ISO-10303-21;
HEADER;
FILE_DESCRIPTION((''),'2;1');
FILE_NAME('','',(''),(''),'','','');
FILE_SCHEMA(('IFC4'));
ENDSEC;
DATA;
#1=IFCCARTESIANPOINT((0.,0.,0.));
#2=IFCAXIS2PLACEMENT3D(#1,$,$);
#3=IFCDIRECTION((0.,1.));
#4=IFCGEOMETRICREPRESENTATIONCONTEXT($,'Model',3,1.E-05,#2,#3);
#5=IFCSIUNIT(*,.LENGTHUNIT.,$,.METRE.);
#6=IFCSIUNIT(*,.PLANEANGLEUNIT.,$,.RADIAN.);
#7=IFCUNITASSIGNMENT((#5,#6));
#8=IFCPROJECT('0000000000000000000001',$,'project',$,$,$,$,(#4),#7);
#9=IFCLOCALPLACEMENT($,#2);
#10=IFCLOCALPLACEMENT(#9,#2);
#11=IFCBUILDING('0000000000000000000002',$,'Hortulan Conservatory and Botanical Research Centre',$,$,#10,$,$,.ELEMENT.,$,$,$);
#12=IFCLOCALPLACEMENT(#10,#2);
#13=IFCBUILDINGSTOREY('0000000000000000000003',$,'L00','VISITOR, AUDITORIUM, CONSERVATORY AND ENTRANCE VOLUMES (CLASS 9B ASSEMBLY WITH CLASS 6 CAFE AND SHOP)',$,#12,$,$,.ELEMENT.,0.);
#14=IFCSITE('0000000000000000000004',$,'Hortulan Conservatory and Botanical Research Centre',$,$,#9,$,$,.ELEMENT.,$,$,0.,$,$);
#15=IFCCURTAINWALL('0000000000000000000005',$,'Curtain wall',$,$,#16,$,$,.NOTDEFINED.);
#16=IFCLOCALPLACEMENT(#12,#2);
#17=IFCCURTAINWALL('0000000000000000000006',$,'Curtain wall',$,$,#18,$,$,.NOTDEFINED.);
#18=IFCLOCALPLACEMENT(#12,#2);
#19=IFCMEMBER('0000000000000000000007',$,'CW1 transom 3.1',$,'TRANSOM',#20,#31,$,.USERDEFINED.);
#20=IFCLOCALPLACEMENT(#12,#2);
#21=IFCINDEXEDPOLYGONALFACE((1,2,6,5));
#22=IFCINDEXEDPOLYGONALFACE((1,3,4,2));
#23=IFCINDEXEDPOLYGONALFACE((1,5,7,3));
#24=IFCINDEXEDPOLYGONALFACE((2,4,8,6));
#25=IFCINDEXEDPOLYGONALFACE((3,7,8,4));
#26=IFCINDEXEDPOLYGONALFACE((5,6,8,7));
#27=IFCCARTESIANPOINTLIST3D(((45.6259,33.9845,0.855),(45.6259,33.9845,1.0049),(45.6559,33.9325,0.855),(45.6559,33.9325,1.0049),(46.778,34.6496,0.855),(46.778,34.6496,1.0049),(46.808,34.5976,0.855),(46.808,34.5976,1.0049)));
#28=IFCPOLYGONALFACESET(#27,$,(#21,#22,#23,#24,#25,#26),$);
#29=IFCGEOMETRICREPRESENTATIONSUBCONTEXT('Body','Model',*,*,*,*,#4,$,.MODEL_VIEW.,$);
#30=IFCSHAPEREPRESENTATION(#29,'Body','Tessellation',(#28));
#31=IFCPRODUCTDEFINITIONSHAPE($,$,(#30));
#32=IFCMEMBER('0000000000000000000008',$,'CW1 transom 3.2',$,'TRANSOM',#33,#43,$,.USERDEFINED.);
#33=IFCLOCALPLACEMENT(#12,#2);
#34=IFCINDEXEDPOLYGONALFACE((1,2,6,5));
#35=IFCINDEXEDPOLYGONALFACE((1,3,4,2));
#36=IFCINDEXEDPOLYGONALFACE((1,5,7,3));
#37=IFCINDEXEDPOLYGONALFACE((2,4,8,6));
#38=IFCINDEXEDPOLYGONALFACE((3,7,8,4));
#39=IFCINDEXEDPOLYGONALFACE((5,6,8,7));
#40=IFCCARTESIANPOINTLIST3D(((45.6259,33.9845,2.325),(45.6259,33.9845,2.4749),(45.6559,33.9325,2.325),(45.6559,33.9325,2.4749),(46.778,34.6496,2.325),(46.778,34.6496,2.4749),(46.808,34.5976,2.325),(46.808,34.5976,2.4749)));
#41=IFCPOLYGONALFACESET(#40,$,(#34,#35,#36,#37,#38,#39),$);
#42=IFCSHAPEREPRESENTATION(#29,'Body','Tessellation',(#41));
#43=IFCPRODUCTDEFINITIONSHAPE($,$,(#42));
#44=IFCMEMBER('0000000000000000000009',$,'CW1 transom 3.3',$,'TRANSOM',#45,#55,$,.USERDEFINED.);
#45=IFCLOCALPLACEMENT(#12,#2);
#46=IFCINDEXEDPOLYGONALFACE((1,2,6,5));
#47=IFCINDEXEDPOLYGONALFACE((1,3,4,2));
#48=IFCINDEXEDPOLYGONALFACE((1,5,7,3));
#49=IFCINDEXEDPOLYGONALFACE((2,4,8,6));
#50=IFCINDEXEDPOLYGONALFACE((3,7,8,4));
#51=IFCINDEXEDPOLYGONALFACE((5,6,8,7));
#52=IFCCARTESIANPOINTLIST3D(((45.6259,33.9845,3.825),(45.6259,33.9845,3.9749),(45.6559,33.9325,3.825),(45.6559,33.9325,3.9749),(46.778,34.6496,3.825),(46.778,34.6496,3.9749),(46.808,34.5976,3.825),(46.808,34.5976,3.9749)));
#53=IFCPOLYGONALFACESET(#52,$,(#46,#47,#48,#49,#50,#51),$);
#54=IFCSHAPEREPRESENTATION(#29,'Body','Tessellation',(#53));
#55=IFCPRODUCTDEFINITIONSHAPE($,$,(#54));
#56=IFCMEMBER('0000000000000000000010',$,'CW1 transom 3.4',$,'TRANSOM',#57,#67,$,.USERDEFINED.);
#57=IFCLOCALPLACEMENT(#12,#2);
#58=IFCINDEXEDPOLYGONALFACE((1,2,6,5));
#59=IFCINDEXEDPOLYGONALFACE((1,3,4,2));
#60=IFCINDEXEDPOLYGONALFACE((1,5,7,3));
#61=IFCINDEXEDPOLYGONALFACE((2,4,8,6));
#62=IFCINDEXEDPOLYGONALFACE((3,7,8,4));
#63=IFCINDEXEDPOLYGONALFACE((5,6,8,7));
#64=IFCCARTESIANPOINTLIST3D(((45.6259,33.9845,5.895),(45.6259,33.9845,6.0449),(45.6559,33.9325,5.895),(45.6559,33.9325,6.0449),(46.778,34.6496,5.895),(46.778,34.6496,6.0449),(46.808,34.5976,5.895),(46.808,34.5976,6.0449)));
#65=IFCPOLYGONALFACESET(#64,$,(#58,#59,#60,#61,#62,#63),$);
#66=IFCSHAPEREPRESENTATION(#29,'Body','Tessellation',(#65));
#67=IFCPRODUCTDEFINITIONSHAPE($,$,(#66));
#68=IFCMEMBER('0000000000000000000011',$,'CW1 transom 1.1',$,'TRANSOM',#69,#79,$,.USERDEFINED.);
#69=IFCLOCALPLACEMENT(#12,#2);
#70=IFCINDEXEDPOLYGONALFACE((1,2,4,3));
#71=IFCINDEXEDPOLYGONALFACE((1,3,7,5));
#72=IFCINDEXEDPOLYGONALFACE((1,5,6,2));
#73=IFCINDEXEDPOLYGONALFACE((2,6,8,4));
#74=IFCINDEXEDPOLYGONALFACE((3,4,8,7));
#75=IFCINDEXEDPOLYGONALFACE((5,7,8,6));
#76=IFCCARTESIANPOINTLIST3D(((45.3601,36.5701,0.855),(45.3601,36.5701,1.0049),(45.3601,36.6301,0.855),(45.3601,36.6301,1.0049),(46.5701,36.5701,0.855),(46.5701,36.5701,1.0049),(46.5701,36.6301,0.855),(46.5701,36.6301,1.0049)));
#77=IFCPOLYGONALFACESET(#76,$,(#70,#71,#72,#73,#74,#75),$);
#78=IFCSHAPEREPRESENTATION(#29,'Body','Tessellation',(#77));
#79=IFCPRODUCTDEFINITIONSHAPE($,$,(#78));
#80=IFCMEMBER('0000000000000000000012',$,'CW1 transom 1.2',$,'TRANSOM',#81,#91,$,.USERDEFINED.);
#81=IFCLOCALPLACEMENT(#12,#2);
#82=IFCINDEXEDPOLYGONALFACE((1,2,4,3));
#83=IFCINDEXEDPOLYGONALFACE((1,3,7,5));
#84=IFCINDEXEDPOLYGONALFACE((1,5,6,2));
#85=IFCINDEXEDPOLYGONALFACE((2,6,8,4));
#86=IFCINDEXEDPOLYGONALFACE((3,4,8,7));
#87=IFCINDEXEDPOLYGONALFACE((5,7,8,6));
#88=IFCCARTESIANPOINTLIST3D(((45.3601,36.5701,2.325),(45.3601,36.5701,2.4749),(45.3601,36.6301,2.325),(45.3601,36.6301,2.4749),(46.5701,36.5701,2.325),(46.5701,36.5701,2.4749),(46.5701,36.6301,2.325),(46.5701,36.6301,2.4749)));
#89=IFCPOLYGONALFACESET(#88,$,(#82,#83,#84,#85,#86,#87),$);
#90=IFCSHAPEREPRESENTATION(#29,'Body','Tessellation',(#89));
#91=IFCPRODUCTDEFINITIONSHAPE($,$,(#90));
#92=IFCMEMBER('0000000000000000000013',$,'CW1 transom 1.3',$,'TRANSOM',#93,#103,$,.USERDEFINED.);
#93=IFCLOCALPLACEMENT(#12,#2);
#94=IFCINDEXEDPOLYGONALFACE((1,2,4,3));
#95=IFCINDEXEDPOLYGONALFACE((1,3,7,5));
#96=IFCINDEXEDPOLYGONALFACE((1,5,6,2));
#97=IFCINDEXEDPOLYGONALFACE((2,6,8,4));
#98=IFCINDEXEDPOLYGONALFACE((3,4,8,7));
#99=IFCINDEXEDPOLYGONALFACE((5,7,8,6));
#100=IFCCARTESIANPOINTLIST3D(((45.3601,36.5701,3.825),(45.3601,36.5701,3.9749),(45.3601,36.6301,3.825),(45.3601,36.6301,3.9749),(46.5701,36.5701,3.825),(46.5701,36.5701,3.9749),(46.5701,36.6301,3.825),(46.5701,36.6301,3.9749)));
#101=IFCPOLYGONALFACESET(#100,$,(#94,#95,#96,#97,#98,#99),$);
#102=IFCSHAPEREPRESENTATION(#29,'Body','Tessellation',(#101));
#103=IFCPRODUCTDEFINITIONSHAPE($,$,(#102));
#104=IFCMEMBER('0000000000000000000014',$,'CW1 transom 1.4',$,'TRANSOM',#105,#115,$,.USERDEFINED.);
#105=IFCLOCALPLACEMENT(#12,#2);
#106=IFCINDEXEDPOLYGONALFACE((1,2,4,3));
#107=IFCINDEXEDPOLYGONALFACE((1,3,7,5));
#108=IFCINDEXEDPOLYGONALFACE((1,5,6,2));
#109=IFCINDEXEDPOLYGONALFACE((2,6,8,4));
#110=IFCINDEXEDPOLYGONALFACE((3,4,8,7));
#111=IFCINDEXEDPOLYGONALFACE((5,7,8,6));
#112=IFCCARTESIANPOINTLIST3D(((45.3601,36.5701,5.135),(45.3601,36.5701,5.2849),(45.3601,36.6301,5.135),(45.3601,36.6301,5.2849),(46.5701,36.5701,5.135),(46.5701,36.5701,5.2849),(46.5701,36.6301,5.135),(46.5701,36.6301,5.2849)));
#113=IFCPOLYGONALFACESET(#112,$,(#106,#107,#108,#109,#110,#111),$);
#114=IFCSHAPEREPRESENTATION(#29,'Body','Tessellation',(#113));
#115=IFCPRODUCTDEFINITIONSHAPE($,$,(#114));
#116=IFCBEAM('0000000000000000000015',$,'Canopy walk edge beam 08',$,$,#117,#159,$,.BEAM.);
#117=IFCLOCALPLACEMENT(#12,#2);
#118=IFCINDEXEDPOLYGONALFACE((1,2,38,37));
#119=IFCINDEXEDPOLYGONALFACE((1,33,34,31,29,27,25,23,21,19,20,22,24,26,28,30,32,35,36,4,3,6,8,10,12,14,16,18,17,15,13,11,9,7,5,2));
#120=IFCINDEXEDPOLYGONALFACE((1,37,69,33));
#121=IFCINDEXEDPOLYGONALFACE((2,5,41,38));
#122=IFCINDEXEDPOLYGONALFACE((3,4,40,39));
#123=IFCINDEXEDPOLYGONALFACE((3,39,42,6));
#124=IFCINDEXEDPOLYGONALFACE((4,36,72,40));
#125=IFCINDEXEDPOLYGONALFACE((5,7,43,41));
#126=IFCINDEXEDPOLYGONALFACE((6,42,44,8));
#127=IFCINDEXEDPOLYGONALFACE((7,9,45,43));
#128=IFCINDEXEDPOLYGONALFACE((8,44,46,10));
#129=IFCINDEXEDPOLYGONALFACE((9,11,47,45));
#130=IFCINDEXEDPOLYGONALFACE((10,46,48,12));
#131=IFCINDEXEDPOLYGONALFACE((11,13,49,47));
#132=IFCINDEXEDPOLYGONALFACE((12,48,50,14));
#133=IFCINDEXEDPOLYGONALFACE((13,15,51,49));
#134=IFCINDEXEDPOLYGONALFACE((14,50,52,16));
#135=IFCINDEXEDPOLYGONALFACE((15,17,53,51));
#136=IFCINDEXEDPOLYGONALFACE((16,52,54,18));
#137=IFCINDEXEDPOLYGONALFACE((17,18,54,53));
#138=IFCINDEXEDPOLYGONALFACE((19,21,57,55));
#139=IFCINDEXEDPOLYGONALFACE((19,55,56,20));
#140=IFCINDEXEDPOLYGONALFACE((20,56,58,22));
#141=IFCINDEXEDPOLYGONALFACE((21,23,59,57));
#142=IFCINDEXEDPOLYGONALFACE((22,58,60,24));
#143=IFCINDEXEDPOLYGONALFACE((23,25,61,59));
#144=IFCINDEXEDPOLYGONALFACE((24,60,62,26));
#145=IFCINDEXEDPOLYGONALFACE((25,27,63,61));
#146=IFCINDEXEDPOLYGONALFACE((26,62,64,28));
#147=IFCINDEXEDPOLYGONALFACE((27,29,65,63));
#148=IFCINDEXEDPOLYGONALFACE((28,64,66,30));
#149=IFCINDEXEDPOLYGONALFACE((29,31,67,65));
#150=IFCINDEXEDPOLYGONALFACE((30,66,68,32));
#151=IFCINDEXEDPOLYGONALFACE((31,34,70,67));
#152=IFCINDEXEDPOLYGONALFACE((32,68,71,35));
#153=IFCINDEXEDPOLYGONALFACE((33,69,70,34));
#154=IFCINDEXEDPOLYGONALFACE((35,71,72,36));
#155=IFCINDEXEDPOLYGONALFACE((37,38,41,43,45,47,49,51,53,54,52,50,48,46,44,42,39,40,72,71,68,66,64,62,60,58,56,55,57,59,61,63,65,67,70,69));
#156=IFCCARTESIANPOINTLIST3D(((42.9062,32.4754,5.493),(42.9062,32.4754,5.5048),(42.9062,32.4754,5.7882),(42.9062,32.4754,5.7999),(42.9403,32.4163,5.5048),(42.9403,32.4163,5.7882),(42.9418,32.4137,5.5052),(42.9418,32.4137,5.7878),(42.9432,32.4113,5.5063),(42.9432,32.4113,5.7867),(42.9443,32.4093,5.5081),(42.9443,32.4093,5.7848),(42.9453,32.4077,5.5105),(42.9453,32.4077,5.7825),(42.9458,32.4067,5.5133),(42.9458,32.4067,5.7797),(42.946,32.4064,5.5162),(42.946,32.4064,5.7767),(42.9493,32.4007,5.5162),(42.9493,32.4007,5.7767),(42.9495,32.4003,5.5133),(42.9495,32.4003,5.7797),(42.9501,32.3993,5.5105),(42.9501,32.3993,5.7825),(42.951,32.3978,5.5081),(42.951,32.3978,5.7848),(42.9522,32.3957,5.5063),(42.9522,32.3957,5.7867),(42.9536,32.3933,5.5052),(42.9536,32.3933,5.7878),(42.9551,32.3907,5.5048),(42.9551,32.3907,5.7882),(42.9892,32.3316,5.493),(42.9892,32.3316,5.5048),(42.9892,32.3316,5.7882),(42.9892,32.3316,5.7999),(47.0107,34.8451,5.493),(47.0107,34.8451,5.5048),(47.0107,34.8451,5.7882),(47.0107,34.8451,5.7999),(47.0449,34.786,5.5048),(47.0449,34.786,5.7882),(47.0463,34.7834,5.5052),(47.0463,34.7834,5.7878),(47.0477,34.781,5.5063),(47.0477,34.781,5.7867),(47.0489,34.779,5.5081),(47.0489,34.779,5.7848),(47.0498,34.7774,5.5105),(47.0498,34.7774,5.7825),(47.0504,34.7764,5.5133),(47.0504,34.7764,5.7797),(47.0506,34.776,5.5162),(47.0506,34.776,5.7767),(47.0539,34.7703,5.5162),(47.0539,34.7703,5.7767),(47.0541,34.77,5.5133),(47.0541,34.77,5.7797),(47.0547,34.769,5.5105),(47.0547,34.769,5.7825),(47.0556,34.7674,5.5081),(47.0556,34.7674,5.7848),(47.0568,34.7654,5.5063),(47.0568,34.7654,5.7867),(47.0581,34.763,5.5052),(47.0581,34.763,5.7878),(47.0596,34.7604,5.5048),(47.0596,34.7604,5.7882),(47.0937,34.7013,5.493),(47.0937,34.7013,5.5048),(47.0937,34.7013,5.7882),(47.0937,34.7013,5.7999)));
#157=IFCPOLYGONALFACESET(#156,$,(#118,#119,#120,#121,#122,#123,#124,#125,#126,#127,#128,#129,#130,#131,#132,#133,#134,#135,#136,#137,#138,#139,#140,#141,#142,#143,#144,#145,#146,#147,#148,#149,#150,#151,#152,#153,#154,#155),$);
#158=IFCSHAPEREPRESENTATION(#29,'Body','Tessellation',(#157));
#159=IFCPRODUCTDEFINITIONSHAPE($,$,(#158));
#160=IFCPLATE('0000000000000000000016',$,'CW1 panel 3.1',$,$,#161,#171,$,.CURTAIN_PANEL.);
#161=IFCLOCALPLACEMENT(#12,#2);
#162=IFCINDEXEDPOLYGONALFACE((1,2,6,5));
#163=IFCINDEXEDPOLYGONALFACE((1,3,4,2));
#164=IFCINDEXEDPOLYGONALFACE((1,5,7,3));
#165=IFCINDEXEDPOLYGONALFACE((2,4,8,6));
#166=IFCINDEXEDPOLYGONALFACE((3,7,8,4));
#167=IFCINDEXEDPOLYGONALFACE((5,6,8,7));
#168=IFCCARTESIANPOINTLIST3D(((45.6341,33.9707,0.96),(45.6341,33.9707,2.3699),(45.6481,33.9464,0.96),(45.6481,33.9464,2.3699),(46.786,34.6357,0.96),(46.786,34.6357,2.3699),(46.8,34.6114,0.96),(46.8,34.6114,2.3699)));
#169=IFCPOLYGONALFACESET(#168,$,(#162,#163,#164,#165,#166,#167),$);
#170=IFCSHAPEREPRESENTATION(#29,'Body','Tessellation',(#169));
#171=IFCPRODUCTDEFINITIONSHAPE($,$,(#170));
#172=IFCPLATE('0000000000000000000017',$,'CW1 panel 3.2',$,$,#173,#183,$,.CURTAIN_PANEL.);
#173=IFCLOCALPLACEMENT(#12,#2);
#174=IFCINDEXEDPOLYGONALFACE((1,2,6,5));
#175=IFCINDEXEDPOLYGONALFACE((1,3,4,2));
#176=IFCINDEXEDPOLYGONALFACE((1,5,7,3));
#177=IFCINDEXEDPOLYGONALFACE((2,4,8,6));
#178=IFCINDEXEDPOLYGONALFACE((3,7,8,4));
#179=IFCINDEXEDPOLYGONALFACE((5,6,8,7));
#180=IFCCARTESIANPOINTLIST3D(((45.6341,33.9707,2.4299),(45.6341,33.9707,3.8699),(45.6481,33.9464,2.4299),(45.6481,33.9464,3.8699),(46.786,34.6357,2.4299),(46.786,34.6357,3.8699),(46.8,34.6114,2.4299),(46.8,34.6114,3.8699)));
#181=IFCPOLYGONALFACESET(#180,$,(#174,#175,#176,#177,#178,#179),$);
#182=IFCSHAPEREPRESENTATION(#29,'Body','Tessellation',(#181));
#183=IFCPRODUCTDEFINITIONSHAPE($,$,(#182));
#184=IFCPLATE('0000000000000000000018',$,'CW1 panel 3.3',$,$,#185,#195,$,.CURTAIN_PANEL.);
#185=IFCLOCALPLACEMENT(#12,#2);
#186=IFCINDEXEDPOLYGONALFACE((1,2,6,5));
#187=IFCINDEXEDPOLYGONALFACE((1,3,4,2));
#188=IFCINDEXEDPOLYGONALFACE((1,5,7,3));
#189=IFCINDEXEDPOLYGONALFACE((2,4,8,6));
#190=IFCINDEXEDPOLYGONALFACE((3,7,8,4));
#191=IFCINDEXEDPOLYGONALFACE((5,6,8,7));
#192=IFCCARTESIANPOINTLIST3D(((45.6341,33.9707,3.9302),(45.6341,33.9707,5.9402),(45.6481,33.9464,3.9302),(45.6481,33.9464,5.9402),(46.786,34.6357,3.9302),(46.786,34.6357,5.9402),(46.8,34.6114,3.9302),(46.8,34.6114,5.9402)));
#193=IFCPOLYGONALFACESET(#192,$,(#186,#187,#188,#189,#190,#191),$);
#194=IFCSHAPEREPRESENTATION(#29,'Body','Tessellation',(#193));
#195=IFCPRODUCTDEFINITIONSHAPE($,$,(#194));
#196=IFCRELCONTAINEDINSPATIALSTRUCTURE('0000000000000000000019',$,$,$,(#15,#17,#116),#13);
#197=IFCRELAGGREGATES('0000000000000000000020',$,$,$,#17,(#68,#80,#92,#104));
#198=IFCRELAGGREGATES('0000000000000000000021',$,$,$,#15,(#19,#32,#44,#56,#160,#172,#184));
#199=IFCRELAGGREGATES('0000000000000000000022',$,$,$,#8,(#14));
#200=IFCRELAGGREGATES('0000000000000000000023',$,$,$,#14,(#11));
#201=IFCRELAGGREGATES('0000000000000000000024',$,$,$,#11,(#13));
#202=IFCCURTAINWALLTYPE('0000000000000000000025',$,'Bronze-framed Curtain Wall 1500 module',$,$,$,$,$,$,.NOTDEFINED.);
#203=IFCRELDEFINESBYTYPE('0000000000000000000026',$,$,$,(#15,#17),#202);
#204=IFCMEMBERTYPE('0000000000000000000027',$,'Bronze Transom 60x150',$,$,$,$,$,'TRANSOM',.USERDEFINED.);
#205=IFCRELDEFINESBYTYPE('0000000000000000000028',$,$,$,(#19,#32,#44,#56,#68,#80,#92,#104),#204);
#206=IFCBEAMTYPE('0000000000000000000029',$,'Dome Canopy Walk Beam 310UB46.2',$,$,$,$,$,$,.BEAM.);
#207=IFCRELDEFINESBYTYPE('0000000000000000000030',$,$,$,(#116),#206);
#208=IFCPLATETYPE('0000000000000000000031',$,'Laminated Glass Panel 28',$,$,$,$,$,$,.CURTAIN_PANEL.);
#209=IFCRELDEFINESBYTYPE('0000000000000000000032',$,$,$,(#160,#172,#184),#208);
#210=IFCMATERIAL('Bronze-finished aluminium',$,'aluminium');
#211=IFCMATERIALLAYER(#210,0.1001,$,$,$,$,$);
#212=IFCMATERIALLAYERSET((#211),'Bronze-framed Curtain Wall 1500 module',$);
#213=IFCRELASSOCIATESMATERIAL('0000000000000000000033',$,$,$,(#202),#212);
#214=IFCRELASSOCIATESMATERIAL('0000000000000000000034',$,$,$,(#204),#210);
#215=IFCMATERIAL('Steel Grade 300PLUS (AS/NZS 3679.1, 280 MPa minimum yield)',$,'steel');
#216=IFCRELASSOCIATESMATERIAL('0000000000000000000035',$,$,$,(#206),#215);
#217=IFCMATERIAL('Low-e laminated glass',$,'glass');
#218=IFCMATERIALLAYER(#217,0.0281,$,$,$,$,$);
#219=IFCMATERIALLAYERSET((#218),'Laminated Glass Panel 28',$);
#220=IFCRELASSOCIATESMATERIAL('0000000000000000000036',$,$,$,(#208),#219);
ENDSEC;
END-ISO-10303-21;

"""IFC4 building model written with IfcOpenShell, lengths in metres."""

from ifc_helpers import new_model, si_unit, direction, frame, origin, origin_2d, place, context, subcontext, project, spatial, rectangle, i_section, extrude, material, layer, layer_set, material_profile, profile_set, type_object, element, aggregate, save


model = new_model("IFC4")

# Units and contexts
model_context = context("Model", 3, precision=1e-05, world=origin(), true_north=direction((0.0, 1.0)))
body_context = subcontext(model_context, "Body", "Model", "MODEL_VIEW")
ifc_project = project(units=[si_unit("LENGTHUNIT", "METRE"), si_unit("PLANEANGLEUNIT", "RADIAN")], contexts=[model_context])

# Site, building, storey
site_placement = place(None, origin())
site = spatial("IfcSite", under=ifc_project, at=site_placement, Name="Hortulan Conservatory and Botanical Research Centre", CompositionType="ELEMENT", RefElevation=0.0)
building_placement = place(site_placement, origin())
building = spatial("IfcBuilding", under=site, at=building_placement, Name="Hortulan Conservatory and Botanical Research Centre", CompositionType="ELEMENT")
storey_placement = place(building_placement, origin())
storey = spatial("IfcBuildingStorey", under=building, at=storey_placement, Name="L00", Description="VISITOR, AUDITORIUM, CONSERVATORY AND ENTRANCE VOLUMES (CLASS 9B ASSEMBLY WITH CLASS 6 CAFE AND SHOP)", CompositionType="ELEMENT", Elevation=0.0)

# Shared definitions
ifc_material_1 = material(Name="Bronze-finished aluminium", Category="aluminium")
ifc_layer_1 = layer(ifc_material_1, 0.1001)
ifc_layer_set_1 = layer_set([ifc_layer_1], Name="Bronze-framed Curtain Wall 1500 module")
curtain_wall_type = type_object("IfcCurtainWallType", Name="Bronze-framed Curtain Wall 1500 module", PredefinedType="NOTDEFINED", material=ifc_layer_set_1)

# Curtain wall
curtain_wall_1_placement = place(storey_placement, origin())
curtain_wall_1 = element("IfcCurtainWall", 1, at=curtain_wall_1_placement, inside=storey, type_object=curtain_wall_type, Name="Curtain wall", PredefinedType="NOTDEFINED")

# Curtain wall
curtain_wall_2_placement = place(storey_placement, origin())
curtain_wall_2 = element("IfcCurtainWall", 2, at=curtain_wall_2_placement, inside=storey, type_object=curtain_wall_type, Name="Curtain wall", PredefinedType="NOTDEFINED")

# Members
ifc_material_profile_1 = material_profile(ifc_material_1, rectangle(XDim=0.0601, YDim=0.1499, at=origin_2d()), Name="Bronze Transom 60x150")
ifc_profile_set_1 = profile_set([ifc_material_profile_1], Name="Bronze-finished aluminium")
member_type_1 = type_object("IfcMemberType", Name="Bronze Transom 60x150", ElementType="TRANSOM", PredefinedType="USERDEFINED", material=ifc_profile_set_1)
member_1_placement = place(storey_placement, frame((45.6409, 33.9585, 0.9299), z_axis=(0.866066, 0.499929, 0.0), x_axis=(-0.499929, 0.866066, 0.0)))
member_1 = element("IfcMember", 3, at=member_1_placement, type_object=member_type_1, Name="CW1 transom 3.1", ObjectType="TRANSOM", PredefinedType="USERDEFINED", context=body_context, shape_type="SweptSolid", body=[
    extrude(rectangle(XDim=0.0601, YDim=0.1499, at=origin_2d()), origin(), (0.0, 0.0, 1.0), 1.3303),
])
member_2_placement = place(storey_placement, frame((45.6409, 33.9585, 2.3999), z_axis=(0.866066, 0.499929, 0.0), x_axis=(-0.499929, 0.866066, 0.0)))
member_2 = element("IfcMember", 4, at=member_2_placement, type_object=member_type_1, Name="CW1 transom 3.2", ObjectType="TRANSOM", PredefinedType="USERDEFINED", context=body_context, shape_type="SweptSolid", body=[
    extrude(rectangle(XDim=0.0601, YDim=0.1499, at=origin_2d()), origin(), (0.0, 0.0, 1.0), 1.3303),
])
member_3_placement = place(storey_placement, frame((45.6409, 33.9585, 3.8999), z_axis=(0.866066, 0.499929, 0.0), x_axis=(-0.499929, 0.866066, 0.0)))
member_3 = element("IfcMember", 5, at=member_3_placement, type_object=member_type_1, Name="CW1 transom 3.3", ObjectType="TRANSOM", PredefinedType="USERDEFINED", context=body_context, shape_type="SweptSolid", body=[
    extrude(rectangle(XDim=0.0601, YDim=0.1499, at=origin_2d()), origin(), (0.0, 0.0, 1.0), 1.3303),
])
member_4_placement = place(storey_placement, frame((45.6409, 33.9585, 5.97), z_axis=(0.866066, 0.499929, 0.0), x_axis=(-0.499929, 0.866066, 0.0)))
member_4 = element("IfcMember", 6, at=member_4_placement, type_object=member_type_1, Name="CW1 transom 3.4", ObjectType="TRANSOM", PredefinedType="USERDEFINED", context=body_context, shape_type="SweptSolid", body=[
    extrude(rectangle(XDim=0.0601, YDim=0.1499, at=origin_2d()), origin(), (0.0, 0.0, 1.0), 1.3303),
])
member_5_placement = place(storey_placement, frame((45.3601, 36.6001, 0.9299), z_axis=(1.0, 0.0, 0.0), x_axis=(0.0, 1.0, 0.0)))
member_5 = element("IfcMember", 7, at=member_5_placement, type_object=member_type_1, Name="CW1 transom 1.1", ObjectType="TRANSOM", PredefinedType="USERDEFINED", context=body_context, shape_type="SweptSolid", body=[
    extrude(rectangle(XDim=0.0601, YDim=0.1499, at=origin_2d()), origin(), (0.0, 0.0, 1.0), 1.21),
])
member_6_placement = place(storey_placement, frame((45.3601, 36.6001, 2.3999), z_axis=(1.0, 0.0, 0.0), x_axis=(0.0, 1.0, 0.0)))
member_6 = element("IfcMember", 8, at=member_6_placement, type_object=member_type_1, Name="CW1 transom 1.2", ObjectType="TRANSOM", PredefinedType="USERDEFINED", context=body_context, shape_type="SweptSolid", body=[
    extrude(rectangle(XDim=0.0601, YDim=0.1499, at=origin_2d()), origin(), (0.0, 0.0, 1.0), 1.21),
])
member_7_placement = place(storey_placement, frame((45.3601, 36.6001, 3.8999), z_axis=(1.0, 0.0, 0.0), x_axis=(0.0, 1.0, 0.0)))
member_7 = element("IfcMember", 9, at=member_7_placement, type_object=member_type_1, Name="CW1 transom 1.3", ObjectType="TRANSOM", PredefinedType="USERDEFINED", context=body_context, shape_type="SweptSolid", body=[
    extrude(rectangle(XDim=0.0601, YDim=0.1499, at=origin_2d()), origin(), (0.0, 0.0, 1.0), 1.21),
])
member_8_placement = place(storey_placement, frame((45.3601, 36.6001, 5.21), z_axis=(1.0, 0.0, 0.0), x_axis=(0.0, 1.0, 0.0)))
member_8 = element("IfcMember", 10, at=member_8_placement, type_object=member_type_1, Name="CW1 transom 1.4", ObjectType="TRANSOM", PredefinedType="USERDEFINED", context=body_context, shape_type="SweptSolid", body=[
    extrude(rectangle(XDim=0.0601, YDim=0.1499, at=origin_2d()), origin(), (0.0, 0.0, 1.0), 1.21),
])
aggregate(curtain_wall_2, [member_5, member_6, member_7, member_8])

# Beam
ifc_material_2 = material(Name="Steel Grade 300PLUS (AS/NZS 3679.1, 280 MPa minimum yield)", Category="steel")
ifc_material_profile_2 = material_profile(ifc_material_2, i_section(OverallWidth=0.166, OverallDepth=0.3069, WebThickness=0.0066, FlangeThickness=0.0117, FilletRadius=0.0115, at=origin_2d()), Name="310UB46.2")
ifc_profile_set_2 = profile_set([ifc_material_profile_2], Name="Steel Grade 300PLUS (AS/NZS 3679.1, 280 MPa minimum yield)")
beam_type = type_object("IfcBeamType", Name="Dome Canopy Walk Beam 310UB46.2", PredefinedType="BEAM", material=ifc_profile_set_2)
beam_placement = place(storey_placement, frame((47.0522, 34.7732, 5.6465), z_axis=(-0.866035, -0.499984, 0.0), x_axis=(0.499984, -0.866035, 0.0)))
element("IfcBeam", 11, at=beam_placement, inside=storey, type_object=beam_type, Name="Canopy walk edge beam 08", PredefinedType="BEAM", context=body_context, shape_type="SweptSolid", body=[
    extrude(i_section(OverallWidth=0.166, OverallDepth=0.3069, WebThickness=0.0066, FlangeThickness=0.0117, FilletRadius=0.0115, at=origin_2d()), origin(), (0.0, 0.0, 1.0), 4.7395),
])

# Plates
ifc_material_3 = material(Name="Low-e laminated glass", Category="glass")
ifc_layer_2 = layer(ifc_material_3, 0.0281)
ifc_layer_set_2 = layer_set([ifc_layer_2], Name="Laminated Glass Panel 28")
plate_type = type_object("IfcPlateType", Name="Laminated Glass Panel 28", PredefinedType="CURTAIN_PANEL", material=ifc_layer_set_2)
plate_1_placement = place(storey_placement, frame((46.217, 34.291, 0.96), z_axis=(0.0, 0.0, 1.0), x_axis=(0.866036, 0.499981, 0.0)))
plate_1 = element("IfcPlate", 12, at=plate_1_placement, type_object=plate_type, Name="CW1 panel 3.1", PredefinedType="CURTAIN_PANEL", context=body_context, shape_type="SweptSolid", body=[
    extrude(rectangle(XDim=1.3301, YDim=0.0281, at=origin_2d()), origin(), (0.0, 0.0, 1.0), 1.4099),
])
plate_2_placement = place(storey_placement, frame((46.217, 34.291, 2.4299), z_axis=(0.0, 0.0, 1.0), x_axis=(0.866036, 0.499981, 0.0)))
plate_2 = element("IfcPlate", 13, at=plate_2_placement, type_object=plate_type, Name="CW1 panel 3.2", PredefinedType="CURTAIN_PANEL", context=body_context, shape_type="SweptSolid", body=[
    extrude(rectangle(XDim=1.3301, YDim=0.0281, at=origin_2d()), origin(), (0.0, 0.0, 1.0), 1.4399),
])
plate_3_placement = place(storey_placement, frame((46.217, 34.291, 3.9302), z_axis=(0.0, 0.0, 1.0), x_axis=(0.866036, 0.499981, 0.0)))
plate_3 = element("IfcPlate", 14, at=plate_3_placement, type_object=plate_type, Name="CW1 panel 3.3", PredefinedType="CURTAIN_PANEL", context=body_context, shape_type="SweptSolid", body=[
    extrude(rectangle(XDim=1.3301, YDim=0.0281, at=origin_2d()), origin(), (0.0, 0.0, 1.0), 2.01),
])
aggregate(curtain_wall_1, [member_1, member_2, member_3, member_4, plate_1, plate_2, plate_3])

save(model, "model.ifc")
